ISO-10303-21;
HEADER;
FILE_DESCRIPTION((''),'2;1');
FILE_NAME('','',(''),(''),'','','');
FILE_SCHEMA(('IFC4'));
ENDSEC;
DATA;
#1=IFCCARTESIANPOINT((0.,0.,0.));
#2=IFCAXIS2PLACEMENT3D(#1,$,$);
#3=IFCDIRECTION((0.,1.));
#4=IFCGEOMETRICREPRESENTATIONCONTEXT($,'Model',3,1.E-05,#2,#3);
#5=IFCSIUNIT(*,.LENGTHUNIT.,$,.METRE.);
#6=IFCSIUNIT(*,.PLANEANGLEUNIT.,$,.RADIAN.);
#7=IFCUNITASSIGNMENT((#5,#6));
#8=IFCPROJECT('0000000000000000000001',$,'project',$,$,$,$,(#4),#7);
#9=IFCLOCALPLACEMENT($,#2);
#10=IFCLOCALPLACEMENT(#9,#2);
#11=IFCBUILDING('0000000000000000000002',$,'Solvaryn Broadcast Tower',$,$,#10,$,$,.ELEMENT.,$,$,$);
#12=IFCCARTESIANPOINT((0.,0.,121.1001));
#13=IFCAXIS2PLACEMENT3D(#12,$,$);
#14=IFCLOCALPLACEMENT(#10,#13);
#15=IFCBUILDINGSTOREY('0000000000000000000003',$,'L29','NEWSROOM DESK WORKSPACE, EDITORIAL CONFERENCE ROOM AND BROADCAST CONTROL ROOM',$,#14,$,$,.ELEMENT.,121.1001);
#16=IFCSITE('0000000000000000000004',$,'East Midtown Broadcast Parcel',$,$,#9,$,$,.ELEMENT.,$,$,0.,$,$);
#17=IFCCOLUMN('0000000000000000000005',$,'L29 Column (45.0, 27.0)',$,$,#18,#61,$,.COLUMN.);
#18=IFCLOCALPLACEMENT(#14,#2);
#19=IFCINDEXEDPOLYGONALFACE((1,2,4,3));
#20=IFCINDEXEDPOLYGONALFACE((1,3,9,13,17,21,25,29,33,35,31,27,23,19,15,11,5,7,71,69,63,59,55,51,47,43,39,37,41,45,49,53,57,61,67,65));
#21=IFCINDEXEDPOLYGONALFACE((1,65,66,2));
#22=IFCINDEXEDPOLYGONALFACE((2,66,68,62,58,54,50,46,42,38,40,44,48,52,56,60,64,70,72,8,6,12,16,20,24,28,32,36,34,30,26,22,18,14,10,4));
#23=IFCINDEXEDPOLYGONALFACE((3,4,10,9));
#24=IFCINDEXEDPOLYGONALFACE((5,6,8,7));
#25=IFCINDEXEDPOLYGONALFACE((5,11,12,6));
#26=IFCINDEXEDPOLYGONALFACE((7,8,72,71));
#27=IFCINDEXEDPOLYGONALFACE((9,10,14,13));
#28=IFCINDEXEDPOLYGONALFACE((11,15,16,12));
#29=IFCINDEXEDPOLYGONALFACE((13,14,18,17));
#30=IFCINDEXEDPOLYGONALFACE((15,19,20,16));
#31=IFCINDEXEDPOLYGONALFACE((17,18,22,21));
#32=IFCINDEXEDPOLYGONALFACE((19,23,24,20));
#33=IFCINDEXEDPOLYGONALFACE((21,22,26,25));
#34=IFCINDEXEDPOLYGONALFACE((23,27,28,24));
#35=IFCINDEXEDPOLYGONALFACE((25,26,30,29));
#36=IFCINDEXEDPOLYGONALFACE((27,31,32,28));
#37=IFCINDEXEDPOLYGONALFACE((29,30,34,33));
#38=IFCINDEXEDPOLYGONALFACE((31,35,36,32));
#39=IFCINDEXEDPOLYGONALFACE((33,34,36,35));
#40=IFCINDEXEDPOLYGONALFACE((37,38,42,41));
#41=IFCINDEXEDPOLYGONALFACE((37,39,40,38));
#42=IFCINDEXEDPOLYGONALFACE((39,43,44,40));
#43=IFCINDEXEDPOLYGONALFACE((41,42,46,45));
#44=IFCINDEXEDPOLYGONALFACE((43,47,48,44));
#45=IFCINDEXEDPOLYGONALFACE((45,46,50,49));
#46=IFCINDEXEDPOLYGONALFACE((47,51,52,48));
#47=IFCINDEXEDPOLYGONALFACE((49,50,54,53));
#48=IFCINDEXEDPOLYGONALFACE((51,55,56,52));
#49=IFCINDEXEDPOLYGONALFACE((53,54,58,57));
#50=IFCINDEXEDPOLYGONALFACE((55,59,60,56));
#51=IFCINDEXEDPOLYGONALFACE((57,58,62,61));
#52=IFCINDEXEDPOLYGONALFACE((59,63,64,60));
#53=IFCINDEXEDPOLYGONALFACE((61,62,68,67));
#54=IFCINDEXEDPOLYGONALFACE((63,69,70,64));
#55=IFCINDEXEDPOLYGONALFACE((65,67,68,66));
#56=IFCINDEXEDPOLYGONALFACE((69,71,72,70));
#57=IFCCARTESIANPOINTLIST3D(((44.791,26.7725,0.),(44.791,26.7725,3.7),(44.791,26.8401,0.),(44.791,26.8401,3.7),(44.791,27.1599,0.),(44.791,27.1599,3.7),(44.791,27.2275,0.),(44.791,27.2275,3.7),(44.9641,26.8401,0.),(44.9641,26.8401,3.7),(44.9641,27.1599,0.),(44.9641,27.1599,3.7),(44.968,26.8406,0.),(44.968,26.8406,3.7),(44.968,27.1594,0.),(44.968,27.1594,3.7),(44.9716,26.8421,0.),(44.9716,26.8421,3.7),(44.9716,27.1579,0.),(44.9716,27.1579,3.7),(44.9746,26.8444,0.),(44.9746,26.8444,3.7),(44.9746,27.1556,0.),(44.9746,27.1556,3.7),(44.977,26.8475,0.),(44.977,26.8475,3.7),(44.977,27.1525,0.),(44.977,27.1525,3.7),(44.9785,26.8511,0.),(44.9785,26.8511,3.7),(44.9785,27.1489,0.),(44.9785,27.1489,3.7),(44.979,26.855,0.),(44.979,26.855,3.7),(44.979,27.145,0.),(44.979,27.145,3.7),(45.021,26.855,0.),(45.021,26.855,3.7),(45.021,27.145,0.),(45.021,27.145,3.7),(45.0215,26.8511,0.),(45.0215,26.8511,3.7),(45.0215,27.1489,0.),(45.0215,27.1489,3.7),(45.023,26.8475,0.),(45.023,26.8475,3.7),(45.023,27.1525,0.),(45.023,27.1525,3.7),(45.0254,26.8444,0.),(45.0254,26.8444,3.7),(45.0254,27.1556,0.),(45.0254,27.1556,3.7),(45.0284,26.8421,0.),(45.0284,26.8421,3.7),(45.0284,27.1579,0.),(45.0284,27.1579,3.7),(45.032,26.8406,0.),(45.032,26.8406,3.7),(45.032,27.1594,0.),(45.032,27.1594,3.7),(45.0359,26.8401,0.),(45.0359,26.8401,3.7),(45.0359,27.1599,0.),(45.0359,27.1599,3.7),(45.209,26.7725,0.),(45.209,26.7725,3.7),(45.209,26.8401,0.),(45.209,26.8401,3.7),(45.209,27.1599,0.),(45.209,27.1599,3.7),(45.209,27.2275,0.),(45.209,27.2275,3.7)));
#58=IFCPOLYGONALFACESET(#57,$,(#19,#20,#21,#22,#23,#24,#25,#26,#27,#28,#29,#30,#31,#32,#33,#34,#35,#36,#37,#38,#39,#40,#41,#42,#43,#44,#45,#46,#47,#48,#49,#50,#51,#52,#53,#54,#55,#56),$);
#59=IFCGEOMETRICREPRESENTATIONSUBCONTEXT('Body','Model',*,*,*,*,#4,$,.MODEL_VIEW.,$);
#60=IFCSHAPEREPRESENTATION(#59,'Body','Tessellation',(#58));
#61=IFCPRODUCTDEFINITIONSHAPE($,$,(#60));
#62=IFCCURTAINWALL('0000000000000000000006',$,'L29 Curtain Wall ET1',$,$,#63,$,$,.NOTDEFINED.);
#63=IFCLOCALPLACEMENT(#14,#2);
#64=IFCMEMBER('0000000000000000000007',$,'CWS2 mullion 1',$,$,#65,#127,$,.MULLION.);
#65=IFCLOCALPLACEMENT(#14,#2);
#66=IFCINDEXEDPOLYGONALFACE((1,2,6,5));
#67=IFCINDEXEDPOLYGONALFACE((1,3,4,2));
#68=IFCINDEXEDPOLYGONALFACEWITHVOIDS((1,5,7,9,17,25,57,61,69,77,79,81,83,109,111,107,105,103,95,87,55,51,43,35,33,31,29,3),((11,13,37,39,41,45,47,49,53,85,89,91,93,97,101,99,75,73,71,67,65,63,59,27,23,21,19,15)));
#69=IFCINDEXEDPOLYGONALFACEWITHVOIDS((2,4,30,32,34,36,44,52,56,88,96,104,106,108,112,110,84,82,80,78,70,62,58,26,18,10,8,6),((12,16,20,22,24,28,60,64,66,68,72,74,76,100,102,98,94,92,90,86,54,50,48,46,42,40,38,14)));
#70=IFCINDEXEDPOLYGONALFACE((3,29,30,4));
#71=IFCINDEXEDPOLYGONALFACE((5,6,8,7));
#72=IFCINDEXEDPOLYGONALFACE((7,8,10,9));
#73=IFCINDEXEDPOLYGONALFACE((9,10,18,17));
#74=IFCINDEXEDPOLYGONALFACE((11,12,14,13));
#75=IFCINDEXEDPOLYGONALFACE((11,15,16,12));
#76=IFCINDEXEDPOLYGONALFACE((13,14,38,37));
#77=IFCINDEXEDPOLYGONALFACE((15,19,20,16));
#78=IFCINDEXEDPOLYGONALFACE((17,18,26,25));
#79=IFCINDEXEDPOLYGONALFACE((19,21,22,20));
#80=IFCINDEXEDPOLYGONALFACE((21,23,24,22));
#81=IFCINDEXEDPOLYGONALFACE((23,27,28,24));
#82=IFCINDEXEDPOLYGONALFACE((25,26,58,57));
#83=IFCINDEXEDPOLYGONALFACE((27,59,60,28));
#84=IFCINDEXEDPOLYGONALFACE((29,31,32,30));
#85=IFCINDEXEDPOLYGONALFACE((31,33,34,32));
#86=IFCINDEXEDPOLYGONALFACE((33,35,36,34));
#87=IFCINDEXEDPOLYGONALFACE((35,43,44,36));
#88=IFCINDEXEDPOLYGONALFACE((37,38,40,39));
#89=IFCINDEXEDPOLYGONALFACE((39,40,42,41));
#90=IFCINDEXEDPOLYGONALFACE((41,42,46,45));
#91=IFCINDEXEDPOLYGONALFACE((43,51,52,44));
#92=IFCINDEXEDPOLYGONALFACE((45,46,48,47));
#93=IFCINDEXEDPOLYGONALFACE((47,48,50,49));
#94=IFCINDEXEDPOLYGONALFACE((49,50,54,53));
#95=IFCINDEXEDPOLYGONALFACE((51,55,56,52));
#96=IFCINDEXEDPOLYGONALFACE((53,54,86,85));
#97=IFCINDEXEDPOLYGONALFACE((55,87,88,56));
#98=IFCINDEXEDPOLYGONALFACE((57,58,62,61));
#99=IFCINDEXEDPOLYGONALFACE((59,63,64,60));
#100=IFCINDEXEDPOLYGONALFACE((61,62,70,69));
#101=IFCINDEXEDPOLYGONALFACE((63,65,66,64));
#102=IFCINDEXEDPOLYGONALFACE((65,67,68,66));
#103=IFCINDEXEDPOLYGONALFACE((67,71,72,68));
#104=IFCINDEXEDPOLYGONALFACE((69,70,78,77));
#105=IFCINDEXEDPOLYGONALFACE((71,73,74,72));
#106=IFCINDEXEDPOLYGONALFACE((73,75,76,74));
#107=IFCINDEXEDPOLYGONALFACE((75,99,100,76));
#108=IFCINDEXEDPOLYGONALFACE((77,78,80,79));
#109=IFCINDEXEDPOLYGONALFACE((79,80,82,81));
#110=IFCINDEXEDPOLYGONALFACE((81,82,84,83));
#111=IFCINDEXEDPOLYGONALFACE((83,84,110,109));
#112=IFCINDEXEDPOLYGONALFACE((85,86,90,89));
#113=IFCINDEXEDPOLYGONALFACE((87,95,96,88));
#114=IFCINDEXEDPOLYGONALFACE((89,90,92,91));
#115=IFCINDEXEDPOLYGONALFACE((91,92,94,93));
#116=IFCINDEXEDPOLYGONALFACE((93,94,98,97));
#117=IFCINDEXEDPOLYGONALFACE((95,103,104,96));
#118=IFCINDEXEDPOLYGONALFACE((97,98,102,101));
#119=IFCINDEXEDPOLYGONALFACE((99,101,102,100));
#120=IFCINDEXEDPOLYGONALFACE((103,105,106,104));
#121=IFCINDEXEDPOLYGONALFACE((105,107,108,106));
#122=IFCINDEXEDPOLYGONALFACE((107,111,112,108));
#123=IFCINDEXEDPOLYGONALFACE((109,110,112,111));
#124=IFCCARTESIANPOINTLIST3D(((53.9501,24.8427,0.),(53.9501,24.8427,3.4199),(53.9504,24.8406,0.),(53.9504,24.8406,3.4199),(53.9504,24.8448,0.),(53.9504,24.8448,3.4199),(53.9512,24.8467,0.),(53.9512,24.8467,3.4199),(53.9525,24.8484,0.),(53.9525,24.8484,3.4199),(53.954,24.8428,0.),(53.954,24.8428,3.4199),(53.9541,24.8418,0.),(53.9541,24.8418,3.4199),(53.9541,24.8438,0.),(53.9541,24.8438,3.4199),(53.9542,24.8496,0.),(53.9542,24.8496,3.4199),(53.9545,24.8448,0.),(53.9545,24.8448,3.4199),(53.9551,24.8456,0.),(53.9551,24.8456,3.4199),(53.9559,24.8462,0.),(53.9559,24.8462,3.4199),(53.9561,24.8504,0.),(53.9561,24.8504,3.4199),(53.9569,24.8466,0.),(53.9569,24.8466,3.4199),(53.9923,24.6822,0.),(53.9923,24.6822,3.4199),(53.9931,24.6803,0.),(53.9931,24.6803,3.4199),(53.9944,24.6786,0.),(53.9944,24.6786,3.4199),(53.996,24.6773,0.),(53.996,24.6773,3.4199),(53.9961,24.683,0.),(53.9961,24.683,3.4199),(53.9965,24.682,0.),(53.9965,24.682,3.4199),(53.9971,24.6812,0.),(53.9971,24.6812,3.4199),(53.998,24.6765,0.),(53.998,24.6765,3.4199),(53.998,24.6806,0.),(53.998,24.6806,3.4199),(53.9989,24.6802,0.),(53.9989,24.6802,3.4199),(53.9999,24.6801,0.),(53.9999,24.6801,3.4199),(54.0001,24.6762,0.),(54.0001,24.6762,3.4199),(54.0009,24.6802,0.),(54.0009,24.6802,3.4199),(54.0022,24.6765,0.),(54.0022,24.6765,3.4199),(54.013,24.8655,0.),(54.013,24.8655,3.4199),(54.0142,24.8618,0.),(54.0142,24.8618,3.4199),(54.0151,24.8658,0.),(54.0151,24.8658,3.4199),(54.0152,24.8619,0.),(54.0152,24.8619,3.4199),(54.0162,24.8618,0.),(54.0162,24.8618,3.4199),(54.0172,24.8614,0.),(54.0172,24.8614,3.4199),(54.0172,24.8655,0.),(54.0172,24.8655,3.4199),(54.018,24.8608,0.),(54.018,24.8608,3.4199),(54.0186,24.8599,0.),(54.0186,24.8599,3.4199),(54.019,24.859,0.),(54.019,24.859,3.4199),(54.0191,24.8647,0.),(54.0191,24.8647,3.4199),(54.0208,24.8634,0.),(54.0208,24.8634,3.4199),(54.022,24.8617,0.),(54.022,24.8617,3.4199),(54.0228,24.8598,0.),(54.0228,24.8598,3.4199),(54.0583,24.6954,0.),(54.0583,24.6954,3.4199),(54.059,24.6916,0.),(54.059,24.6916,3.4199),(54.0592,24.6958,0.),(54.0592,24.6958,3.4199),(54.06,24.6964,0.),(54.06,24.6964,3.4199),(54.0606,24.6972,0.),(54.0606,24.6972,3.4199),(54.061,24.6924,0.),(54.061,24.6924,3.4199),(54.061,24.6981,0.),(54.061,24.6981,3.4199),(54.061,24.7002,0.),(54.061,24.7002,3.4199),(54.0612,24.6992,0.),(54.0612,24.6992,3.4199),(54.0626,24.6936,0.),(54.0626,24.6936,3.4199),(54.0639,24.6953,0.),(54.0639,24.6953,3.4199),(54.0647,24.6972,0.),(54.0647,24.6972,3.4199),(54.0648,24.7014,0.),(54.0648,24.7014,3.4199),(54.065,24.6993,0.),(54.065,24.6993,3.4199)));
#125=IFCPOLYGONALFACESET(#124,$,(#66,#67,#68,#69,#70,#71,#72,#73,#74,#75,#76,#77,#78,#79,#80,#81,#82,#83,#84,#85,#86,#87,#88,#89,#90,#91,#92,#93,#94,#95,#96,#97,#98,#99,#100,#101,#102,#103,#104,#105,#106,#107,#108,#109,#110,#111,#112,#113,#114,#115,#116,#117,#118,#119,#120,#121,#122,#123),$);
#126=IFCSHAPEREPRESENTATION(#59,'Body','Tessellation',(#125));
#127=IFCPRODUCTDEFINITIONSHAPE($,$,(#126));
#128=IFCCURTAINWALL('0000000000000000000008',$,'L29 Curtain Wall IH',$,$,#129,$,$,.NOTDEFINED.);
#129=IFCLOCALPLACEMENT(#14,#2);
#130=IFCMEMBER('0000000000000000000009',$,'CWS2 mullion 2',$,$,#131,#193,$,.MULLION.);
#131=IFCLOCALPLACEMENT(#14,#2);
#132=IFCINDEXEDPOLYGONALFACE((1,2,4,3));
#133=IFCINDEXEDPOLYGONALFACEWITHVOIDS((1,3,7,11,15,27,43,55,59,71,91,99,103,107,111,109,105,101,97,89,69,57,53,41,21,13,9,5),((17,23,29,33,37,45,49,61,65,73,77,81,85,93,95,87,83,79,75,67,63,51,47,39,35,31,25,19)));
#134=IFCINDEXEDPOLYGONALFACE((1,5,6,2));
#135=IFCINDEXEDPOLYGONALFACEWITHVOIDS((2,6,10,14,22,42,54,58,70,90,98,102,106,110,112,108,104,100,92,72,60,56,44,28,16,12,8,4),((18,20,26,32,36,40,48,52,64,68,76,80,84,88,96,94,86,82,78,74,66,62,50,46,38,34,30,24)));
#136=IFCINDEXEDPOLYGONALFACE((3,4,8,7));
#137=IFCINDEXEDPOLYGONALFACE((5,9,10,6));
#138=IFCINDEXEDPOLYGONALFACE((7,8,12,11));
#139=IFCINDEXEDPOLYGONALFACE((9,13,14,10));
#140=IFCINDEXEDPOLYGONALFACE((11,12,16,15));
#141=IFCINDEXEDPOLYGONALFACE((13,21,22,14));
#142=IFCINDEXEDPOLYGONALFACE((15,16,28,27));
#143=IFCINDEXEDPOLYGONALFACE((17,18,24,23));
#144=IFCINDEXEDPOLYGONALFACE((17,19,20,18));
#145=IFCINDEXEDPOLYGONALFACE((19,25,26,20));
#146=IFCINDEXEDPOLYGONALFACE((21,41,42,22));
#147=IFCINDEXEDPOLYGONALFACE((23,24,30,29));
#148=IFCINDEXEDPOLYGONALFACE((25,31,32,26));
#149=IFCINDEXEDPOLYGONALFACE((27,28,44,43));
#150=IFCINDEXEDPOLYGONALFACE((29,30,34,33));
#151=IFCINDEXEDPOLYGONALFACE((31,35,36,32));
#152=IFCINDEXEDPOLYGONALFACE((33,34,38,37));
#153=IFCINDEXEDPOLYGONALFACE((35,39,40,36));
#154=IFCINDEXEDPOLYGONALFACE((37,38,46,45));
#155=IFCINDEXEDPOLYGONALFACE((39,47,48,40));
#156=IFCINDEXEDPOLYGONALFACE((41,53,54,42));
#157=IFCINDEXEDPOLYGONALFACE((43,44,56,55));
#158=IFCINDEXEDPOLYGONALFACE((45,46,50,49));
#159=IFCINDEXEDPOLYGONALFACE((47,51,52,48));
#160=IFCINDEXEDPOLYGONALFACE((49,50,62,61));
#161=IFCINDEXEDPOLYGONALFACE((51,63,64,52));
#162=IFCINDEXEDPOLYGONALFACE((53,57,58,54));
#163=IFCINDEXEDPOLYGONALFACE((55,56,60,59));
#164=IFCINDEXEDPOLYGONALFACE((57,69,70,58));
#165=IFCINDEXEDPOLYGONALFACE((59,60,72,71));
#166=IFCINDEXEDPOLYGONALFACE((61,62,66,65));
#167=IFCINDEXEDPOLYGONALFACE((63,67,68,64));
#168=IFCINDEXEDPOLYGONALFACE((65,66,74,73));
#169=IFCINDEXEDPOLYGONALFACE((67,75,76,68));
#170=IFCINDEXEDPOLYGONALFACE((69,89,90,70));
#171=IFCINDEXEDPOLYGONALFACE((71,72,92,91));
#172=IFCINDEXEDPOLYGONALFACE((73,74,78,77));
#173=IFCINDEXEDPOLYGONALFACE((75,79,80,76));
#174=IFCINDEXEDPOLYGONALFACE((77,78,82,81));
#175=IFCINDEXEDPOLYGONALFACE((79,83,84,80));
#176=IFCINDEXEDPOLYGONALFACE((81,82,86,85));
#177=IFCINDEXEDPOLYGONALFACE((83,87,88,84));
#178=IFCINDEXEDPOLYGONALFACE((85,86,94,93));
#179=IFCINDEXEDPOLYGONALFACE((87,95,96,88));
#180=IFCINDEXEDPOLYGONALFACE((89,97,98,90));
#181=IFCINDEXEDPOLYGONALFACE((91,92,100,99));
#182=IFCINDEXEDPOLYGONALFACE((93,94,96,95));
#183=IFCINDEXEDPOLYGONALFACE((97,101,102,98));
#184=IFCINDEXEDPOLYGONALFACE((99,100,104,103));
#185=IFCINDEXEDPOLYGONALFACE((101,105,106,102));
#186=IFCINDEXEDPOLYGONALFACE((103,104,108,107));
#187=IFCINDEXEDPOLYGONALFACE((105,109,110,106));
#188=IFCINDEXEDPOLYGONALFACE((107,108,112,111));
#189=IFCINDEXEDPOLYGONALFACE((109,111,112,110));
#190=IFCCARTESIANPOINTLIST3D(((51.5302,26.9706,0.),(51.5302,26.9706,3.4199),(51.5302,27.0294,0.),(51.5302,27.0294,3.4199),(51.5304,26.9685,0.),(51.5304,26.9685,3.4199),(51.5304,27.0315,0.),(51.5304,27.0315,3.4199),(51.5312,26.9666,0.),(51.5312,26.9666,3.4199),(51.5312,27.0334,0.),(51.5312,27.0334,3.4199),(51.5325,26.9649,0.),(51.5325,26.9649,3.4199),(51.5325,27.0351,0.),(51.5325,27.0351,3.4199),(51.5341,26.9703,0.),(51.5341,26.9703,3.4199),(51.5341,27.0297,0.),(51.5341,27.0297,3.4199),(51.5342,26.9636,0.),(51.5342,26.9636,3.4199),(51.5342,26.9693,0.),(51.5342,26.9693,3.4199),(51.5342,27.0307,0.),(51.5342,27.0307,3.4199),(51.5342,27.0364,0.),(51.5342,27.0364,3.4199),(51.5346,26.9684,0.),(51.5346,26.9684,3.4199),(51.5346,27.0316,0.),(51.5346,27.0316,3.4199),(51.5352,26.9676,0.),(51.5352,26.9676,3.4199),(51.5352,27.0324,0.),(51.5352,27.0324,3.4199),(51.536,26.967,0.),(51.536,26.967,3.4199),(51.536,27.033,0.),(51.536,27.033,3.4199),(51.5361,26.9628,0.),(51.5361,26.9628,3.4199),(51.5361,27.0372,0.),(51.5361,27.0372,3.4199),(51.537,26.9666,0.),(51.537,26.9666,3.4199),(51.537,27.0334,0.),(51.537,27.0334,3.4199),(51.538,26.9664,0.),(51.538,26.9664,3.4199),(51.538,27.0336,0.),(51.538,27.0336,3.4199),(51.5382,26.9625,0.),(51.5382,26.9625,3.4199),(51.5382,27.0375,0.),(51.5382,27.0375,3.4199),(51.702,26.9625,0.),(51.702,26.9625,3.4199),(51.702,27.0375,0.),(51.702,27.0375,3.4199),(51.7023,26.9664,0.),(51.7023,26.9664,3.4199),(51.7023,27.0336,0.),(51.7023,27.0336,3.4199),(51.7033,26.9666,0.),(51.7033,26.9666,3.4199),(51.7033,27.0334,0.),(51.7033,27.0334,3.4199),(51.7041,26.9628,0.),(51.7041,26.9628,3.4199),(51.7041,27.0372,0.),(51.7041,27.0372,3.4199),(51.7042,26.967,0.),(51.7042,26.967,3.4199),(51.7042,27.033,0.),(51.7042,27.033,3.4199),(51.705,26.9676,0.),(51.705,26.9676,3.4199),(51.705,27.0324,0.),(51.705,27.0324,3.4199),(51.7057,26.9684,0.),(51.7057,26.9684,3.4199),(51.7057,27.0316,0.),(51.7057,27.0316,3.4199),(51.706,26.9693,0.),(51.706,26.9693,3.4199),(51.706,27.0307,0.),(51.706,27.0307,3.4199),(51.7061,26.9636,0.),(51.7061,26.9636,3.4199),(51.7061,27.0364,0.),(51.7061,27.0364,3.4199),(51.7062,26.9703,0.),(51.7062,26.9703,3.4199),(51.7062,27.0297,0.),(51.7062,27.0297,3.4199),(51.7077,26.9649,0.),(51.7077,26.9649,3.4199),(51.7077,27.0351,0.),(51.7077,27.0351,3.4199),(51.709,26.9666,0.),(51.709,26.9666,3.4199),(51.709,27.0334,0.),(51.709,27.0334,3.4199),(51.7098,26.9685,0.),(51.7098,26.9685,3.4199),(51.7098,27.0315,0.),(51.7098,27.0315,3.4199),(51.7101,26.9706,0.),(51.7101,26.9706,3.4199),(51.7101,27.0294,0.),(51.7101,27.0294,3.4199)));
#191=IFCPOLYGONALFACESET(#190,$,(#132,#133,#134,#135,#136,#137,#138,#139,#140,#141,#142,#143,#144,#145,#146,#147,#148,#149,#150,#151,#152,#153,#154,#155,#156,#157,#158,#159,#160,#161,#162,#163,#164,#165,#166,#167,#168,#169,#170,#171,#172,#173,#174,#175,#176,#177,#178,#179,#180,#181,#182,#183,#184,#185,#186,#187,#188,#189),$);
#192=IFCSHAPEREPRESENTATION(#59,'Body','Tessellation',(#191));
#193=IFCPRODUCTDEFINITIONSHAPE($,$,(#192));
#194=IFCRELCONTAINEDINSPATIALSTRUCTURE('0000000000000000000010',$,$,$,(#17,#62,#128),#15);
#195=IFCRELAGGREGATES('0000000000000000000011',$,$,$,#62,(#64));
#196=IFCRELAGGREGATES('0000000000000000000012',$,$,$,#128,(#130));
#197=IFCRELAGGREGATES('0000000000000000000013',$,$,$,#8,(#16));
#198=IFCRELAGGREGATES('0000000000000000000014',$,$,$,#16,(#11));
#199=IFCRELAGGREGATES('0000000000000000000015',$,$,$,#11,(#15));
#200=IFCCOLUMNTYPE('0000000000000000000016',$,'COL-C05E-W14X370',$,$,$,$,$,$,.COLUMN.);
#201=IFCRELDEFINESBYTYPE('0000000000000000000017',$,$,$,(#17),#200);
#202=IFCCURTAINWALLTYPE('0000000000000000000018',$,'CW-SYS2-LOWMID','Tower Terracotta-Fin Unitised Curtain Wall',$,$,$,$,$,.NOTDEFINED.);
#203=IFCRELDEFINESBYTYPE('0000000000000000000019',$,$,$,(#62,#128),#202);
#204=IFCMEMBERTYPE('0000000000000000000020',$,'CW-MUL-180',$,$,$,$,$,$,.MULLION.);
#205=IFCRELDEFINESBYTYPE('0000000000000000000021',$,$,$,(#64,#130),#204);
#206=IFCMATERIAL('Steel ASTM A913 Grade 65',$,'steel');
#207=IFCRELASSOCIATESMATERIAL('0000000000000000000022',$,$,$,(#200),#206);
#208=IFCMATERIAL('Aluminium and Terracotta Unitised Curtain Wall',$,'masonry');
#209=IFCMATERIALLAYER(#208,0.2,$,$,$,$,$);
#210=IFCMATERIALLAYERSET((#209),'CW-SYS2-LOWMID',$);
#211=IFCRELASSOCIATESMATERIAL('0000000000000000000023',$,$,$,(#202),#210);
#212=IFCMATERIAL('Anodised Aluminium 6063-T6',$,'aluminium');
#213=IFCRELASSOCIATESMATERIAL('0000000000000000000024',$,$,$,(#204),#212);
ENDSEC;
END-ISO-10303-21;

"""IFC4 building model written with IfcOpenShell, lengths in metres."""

from ifc_helpers import new_model, si_unit, direction, frame, origin, origin_2d, place, context, subcontext, project, spatial, hollow_rectangle, i_section, extrude, material, layer, layer_set, material_profile, profile_set, type_object, element, aggregate, save


model = new_model("IFC4")

# Units and contexts
model_context = context("Model", 3, precision=1e-05, world=origin(), true_north=direction((0.0, 1.0)))
body_context = subcontext(model_context, "Body", "Model", "MODEL_VIEW")
ifc_project = project(units=[si_unit("LENGTHUNIT", "METRE"), si_unit("PLANEANGLEUNIT", "RADIAN")], contexts=[model_context])

# Site, building, storey
site_placement = place(None, origin())
site = spatial("IfcSite", under=ifc_project, at=site_placement, Name="East Midtown Broadcast Parcel", CompositionType="ELEMENT", RefElevation=0.0)
building_placement = place(site_placement, origin())
building = spatial("IfcBuilding", under=site, at=building_placement, Name="Solvaryn Broadcast Tower", CompositionType="ELEMENT")
storey_placement = place(building_placement, frame((0.0, 0.0, 121.1001)))
storey = spatial("IfcBuildingStorey", under=building, at=storey_placement, Name="L29", Description="NEWSROOM DESK WORKSPACE, EDITORIAL CONFERENCE ROOM AND BROADCAST CONTROL ROOM", CompositionType="ELEMENT", Elevation=121.1001)

# Column
ifc_material_1 = material(Name="Steel ASTM A913 Grade 65", Category="steel")
ifc_material_profile_1 = material_profile(ifc_material_1, i_section(OverallWidth=0.418, OverallDepth=0.4551, WebThickness=0.042, FlangeThickness=0.0676, FilletRadius=0.0149, at=origin_2d()))
ifc_profile_set_1 = profile_set([ifc_material_profile_1], Name="Steel ASTM A913 Grade 65")
column_type = type_object("IfcColumnType", Name="COL-C05E-W14X370", PredefinedType="COLUMN", material=ifc_profile_set_1)
column_placement = place(storey_placement, frame((45.0, 27.0, 0.0), z_axis=(0.0, 0.0, 1.0), x_axis=(1.0, 0.0, 0.0)))
element("IfcColumn", 1, at=column_placement, inside=storey, type_object=column_type, Name="L29 Column (45.0, 27.0)", PredefinedType="COLUMN", context=body_context, shape_type="SweptSolid", body=[
    extrude(i_section(OverallWidth=0.418, OverallDepth=0.4551, WebThickness=0.042, FlangeThickness=0.0676, FilletRadius=0.0149, at=origin_2d()), origin(), (0.0, 0.0, 1.0), 3.7),
])

# Curtain walls, members
ifc_material_2 = material(Name="Aluminium and Terracotta Unitised Curtain Wall", Category="masonry")
ifc_layer_1 = layer(ifc_material_2, 0.2)
ifc_layer_set_1 = layer_set([ifc_layer_1], Name="CW-SYS2-LOWMID")
curtain_wall_type = type_object("IfcCurtainWallType", Name="CW-SYS2-LOWMID", Description="Tower Terracotta-Fin Unitised Curtain Wall", PredefinedType="NOTDEFINED", material=ifc_layer_set_1)
curtain_wall_1_placement = place(storey_placement, origin())
curtain_wall_1 = element("IfcCurtainWall", 2, at=curtain_wall_1_placement, inside=storey, type_object=curtain_wall_type, Name="L29 Curtain Wall ET1", PredefinedType="NOTDEFINED")
ifc_material_3 = material(Name="Anodised Aluminium 6063-T6", Category="aluminium")
ifc_material_profile_2 = material_profile(ifc_material_3, hollow_rectangle(XDim=0.075, YDim=0.1799, WallThickness=0.0039, InnerFilletRadius=0.0039, OuterFilletRadius=0.0081, at=origin_2d()))
ifc_profile_set_2 = profile_set([ifc_material_profile_2], Name="Anodised Aluminium 6063-T6")
member_type_1 = type_object("IfcMemberType", Name="CW-MUL-180", PredefinedType="MULLION", material=ifc_profile_set_2)
member_1_placement = place(storey_placement, frame((54.0076, 24.771, 0.0), z_axis=(0.0, 0.0, 1.0), x_axis=(0.966705, 0.255893, 0.0)))
member_1 = element("IfcMember", 3, at=member_1_placement, type_object=member_type_1, Name="CWS2 mullion 1", PredefinedType="MULLION", context=body_context, shape_type="SweptSolid", body=[
    extrude(hollow_rectangle(XDim=0.075, YDim=0.1799, WallThickness=0.0039, InnerFilletRadius=0.0039, OuterFilletRadius=0.0081, at=origin_2d()), origin(), (0.0, 0.0, 1.0), 3.4199),
])
curtain_wall_2_placement = place(storey_placement, origin())
curtain_wall_2 = element("IfcCurtainWall", 4, at=curtain_wall_2_placement, inside=storey, type_object=curtain_wall_type, Name="L29 Curtain Wall IH", PredefinedType="NOTDEFINED")
member_2_placement = place(storey_placement, frame((51.6201, 27.0, 0.0), z_axis=(0.0, 0.0, 1.0), x_axis=(0.0, 1.0, 0.0)))
member_2 = element("IfcMember", 5, at=member_2_placement, type_object=member_type_1, Name="CWS2 mullion 2", PredefinedType="MULLION", context=body_context, shape_type="SweptSolid", body=[
    extrude(hollow_rectangle(XDim=0.075, YDim=0.1799, WallThickness=0.0039, InnerFilletRadius=0.0039, OuterFilletRadius=0.0081, at=origin_2d()), origin(), (0.0, 0.0, 1.0), 3.4199),
])

aggregate(curtain_wall_1, [member_1])
aggregate(curtain_wall_2, [member_2])

save(model, "model.ifc")
